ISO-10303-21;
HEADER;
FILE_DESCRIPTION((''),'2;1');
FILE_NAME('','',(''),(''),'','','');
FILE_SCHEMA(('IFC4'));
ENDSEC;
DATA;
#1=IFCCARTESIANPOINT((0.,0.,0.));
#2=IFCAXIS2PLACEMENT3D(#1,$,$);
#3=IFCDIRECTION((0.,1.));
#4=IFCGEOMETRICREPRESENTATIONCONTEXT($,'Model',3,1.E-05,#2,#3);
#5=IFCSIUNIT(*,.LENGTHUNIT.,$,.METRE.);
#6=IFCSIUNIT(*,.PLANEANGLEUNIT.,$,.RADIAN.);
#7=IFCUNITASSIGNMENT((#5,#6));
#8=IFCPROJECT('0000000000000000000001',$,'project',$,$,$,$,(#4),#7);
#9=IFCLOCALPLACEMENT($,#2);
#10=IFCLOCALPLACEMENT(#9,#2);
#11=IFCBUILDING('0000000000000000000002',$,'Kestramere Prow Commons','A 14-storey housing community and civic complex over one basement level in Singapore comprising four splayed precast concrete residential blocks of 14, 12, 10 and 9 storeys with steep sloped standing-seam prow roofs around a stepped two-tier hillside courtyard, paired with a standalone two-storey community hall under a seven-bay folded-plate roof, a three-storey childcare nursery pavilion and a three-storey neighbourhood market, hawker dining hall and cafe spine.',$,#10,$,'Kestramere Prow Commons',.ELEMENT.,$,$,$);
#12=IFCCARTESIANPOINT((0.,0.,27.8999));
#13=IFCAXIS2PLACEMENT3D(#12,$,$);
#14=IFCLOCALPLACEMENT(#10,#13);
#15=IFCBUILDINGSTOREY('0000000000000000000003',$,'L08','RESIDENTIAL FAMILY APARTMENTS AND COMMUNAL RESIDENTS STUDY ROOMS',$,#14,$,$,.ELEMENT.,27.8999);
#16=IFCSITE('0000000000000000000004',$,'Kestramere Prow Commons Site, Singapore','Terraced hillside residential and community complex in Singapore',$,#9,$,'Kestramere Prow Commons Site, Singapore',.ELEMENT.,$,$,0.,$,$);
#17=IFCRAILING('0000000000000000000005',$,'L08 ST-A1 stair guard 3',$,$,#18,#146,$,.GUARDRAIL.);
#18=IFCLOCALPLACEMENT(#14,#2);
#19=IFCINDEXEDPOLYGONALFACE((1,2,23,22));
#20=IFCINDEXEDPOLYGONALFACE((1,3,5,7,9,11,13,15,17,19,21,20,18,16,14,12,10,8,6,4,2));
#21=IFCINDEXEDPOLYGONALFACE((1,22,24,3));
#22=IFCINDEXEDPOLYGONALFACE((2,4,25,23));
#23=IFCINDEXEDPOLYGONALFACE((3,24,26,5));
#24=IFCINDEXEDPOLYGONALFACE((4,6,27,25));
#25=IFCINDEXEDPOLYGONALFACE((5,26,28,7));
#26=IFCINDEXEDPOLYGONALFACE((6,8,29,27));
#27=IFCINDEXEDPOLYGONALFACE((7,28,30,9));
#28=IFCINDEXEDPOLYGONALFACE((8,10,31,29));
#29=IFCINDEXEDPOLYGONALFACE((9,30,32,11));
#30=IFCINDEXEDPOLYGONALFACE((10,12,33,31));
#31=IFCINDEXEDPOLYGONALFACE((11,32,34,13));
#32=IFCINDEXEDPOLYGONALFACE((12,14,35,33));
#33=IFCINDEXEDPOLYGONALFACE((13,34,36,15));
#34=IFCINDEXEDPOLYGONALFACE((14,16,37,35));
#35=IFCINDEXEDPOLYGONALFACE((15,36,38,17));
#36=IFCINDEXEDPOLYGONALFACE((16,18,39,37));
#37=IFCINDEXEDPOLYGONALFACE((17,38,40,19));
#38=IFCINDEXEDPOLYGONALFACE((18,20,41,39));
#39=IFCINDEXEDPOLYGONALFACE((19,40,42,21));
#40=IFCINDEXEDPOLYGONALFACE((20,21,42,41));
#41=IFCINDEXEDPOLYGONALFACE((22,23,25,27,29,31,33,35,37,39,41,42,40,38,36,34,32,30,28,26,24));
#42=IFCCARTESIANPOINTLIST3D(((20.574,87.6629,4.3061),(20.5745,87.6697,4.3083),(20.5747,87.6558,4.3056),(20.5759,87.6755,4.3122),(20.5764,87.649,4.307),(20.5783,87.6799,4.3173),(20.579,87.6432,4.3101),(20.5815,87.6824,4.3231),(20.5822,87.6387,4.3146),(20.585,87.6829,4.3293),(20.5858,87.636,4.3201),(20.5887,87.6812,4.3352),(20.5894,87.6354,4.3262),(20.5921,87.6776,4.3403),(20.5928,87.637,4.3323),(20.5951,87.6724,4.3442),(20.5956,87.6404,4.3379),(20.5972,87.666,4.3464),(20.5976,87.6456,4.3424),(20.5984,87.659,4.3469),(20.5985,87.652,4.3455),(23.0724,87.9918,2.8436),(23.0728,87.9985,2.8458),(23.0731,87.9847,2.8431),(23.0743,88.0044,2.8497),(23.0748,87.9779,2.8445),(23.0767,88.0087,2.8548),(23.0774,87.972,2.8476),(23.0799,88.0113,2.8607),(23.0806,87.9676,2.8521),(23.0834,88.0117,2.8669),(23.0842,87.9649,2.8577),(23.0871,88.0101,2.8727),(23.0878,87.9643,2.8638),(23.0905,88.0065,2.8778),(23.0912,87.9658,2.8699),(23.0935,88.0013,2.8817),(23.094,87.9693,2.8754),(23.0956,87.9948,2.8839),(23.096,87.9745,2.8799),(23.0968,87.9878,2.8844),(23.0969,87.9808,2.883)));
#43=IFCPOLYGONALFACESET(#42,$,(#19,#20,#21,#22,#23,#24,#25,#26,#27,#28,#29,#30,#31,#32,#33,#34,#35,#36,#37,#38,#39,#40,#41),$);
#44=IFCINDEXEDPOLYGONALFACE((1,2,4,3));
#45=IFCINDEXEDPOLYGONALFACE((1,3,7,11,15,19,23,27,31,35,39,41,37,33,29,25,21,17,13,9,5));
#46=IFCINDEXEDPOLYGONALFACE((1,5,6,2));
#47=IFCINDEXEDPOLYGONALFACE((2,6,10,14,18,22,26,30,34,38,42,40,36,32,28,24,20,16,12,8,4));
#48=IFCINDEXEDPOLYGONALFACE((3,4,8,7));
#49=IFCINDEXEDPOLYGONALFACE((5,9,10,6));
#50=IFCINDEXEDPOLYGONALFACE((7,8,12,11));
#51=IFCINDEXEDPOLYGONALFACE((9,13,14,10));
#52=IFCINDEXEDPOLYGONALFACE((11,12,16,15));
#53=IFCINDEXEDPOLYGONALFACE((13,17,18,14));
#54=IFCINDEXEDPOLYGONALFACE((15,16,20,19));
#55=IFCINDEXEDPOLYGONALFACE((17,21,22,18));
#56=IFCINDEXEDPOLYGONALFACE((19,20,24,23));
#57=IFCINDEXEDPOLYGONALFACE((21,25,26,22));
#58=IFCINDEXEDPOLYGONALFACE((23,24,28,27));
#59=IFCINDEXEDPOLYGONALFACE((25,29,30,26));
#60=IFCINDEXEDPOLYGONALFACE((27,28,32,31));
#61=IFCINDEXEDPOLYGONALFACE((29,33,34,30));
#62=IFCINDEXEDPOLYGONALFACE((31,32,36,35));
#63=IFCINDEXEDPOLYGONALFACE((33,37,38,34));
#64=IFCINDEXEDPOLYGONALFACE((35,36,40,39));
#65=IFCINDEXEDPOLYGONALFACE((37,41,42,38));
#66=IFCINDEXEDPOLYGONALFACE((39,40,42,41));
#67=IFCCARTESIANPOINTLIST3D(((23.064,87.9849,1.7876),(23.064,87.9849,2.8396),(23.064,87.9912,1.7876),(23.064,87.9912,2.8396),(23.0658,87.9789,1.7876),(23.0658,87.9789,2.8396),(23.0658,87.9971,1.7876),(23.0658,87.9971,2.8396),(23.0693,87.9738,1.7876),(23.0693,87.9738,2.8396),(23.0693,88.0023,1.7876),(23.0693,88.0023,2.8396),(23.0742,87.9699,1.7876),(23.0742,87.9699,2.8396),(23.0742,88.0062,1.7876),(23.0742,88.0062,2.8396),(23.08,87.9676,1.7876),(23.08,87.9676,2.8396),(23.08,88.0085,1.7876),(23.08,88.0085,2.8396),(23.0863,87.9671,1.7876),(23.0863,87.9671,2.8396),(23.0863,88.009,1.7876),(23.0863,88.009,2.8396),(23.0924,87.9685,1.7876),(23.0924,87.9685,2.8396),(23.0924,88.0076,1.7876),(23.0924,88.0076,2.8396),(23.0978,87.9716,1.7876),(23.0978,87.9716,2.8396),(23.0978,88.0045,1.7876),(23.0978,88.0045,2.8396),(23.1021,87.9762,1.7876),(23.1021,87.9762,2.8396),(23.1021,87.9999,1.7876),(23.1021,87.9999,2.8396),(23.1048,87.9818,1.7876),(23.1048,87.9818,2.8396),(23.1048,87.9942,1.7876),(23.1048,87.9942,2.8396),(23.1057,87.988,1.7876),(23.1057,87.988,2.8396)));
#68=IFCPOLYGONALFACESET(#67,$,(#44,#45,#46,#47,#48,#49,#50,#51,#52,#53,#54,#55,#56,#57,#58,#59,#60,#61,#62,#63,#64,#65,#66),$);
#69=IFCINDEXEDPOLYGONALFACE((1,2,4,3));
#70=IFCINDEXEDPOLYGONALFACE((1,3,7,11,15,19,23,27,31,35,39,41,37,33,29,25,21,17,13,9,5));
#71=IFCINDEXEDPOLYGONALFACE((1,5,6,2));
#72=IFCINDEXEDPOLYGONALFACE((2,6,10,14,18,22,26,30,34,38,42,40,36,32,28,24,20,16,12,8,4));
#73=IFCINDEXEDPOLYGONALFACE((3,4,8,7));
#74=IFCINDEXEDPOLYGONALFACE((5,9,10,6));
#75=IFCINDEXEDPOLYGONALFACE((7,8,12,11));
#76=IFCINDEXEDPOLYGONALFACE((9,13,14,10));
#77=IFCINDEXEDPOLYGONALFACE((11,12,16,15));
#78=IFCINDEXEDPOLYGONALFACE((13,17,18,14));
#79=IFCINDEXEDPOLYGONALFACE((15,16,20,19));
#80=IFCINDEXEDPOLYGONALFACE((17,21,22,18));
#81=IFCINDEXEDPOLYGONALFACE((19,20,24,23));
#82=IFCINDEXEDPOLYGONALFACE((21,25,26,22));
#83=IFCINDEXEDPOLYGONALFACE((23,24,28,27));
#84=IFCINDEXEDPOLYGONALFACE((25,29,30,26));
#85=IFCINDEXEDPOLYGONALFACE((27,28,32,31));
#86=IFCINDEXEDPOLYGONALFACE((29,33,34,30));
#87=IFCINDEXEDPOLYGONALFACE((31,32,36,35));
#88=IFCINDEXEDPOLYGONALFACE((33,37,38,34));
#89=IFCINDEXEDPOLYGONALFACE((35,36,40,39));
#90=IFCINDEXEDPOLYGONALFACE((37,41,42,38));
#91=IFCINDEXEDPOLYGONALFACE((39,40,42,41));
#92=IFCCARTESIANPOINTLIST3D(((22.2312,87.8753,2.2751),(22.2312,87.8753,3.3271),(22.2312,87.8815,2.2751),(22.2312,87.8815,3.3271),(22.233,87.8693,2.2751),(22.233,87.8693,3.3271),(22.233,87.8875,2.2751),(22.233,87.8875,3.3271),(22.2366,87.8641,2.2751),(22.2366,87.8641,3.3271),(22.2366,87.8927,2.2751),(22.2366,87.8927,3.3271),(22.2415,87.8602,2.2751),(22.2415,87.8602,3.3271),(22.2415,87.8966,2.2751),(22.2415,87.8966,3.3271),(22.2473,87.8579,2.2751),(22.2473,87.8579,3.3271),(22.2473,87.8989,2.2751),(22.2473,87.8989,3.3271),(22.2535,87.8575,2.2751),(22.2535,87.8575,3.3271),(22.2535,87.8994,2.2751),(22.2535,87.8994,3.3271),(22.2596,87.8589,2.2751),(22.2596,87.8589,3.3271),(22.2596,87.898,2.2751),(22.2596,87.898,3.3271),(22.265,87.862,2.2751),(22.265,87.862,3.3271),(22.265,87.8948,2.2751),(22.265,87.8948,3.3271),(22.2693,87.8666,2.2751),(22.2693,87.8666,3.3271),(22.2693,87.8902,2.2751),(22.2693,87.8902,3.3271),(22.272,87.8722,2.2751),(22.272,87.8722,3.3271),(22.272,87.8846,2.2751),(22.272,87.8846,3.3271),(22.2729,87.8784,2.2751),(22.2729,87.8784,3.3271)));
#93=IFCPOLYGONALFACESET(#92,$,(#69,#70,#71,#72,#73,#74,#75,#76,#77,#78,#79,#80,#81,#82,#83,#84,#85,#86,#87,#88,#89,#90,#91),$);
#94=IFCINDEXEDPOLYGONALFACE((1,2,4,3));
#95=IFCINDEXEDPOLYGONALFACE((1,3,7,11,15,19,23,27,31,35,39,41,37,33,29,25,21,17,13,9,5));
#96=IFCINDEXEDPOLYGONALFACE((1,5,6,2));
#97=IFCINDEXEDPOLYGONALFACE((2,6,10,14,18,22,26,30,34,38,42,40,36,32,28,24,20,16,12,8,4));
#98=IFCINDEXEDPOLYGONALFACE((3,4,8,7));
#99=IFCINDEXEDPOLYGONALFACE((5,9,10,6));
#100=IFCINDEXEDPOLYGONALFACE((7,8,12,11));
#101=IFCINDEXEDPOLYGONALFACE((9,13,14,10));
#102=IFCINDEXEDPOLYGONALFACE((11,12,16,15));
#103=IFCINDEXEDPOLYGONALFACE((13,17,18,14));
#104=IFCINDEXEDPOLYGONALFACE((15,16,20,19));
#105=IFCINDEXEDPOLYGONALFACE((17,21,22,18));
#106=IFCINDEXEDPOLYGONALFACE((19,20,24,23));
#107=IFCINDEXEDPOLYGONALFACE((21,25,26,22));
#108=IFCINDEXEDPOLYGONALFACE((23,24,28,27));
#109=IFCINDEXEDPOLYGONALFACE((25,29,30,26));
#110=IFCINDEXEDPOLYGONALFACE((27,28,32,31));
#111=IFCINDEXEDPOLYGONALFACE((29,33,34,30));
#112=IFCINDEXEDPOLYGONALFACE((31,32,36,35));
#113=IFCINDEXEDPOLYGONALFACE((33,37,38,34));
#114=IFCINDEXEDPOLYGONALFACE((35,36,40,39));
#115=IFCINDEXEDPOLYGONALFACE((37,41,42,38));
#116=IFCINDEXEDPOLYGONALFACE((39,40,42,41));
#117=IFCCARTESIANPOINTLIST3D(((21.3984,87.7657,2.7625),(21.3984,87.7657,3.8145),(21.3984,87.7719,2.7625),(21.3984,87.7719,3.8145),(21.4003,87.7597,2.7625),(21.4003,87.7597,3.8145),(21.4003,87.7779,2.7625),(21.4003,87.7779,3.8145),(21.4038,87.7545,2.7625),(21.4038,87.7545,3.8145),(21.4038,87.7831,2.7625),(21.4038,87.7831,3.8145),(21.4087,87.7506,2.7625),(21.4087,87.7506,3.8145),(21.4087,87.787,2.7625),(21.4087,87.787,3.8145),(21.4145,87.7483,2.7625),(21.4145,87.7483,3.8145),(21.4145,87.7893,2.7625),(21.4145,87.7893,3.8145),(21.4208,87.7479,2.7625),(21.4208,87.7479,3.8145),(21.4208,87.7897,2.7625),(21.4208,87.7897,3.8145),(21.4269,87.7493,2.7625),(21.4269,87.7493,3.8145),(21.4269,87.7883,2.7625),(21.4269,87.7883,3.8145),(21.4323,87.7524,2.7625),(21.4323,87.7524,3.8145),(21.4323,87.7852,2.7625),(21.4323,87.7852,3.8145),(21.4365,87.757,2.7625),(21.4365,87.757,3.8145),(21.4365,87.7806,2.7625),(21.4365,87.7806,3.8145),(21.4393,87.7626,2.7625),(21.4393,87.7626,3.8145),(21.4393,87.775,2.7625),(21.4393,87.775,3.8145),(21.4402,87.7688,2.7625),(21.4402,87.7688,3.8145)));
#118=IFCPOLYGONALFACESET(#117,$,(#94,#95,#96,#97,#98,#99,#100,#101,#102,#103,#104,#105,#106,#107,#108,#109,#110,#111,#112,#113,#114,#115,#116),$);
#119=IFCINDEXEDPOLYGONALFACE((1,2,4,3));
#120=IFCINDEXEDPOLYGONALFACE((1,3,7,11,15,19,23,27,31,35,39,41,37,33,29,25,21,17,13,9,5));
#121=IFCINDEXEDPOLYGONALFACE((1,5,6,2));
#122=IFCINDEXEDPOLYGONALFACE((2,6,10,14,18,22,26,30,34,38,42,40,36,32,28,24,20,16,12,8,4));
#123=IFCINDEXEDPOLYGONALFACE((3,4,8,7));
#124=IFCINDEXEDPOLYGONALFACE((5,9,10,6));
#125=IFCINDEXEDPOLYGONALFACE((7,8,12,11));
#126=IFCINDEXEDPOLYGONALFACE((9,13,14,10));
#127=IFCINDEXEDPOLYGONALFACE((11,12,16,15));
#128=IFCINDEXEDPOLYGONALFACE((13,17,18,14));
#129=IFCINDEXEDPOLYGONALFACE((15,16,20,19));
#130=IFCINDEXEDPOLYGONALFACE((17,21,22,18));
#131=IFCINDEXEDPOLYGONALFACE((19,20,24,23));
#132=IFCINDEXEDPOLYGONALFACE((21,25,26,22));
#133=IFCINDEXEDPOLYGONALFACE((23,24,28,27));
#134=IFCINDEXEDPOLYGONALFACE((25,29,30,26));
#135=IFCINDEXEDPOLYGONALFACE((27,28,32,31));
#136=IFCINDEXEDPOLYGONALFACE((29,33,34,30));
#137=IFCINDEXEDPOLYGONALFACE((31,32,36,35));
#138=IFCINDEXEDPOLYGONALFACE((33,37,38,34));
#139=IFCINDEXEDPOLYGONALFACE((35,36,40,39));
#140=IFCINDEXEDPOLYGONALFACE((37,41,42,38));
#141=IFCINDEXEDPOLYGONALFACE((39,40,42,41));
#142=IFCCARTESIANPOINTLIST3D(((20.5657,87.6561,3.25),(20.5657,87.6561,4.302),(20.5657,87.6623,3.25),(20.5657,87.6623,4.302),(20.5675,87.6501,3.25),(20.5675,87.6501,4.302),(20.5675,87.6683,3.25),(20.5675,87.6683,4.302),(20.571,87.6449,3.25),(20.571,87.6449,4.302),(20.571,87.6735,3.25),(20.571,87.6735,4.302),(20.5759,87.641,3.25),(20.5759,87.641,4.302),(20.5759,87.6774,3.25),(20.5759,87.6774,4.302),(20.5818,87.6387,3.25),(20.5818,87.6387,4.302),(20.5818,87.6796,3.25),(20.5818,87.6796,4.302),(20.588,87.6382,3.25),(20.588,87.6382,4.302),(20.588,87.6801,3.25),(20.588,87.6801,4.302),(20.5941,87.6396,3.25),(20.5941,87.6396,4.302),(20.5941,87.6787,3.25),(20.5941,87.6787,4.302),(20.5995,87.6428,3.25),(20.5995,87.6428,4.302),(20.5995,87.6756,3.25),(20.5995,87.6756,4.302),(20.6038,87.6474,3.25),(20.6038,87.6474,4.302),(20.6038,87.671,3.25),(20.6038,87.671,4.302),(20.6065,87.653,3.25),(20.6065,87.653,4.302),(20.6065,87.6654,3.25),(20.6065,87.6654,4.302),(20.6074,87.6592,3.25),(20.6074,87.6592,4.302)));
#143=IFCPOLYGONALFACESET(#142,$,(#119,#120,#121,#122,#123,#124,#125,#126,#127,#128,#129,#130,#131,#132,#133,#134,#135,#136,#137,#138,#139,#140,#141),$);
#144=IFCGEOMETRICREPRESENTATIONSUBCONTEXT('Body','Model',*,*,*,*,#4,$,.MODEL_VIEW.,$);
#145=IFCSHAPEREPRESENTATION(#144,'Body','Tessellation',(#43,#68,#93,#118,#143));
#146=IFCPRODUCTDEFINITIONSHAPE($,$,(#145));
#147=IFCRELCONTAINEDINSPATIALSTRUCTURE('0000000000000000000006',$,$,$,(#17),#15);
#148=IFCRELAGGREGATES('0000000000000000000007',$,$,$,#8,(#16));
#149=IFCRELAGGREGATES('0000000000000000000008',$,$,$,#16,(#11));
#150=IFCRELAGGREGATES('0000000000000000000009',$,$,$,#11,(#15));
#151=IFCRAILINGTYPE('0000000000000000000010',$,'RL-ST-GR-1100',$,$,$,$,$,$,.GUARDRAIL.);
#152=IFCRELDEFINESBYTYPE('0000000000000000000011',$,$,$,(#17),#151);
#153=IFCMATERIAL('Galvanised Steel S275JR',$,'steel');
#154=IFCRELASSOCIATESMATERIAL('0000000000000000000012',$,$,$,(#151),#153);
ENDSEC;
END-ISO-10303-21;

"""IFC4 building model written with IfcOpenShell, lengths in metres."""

from ifc_helpers import new_model, si_unit, direction, frame, origin, origin_2d, place, context, subcontext, project, spatial, circle, extrude, material, type_object, element, save


model = new_model("IFC4")

# Units and contexts
model_context = context("Model", 3, precision=1e-05, world=origin(), true_north=direction((0.0, 1.0)))
body_context = subcontext(model_context, "Body", "Model", "MODEL_VIEW")
ifc_project = project(units=[si_unit("LENGTHUNIT", "METRE"), si_unit("PLANEANGLEUNIT", "RADIAN")], contexts=[model_context])

# Site, building, storey
site_placement = place(None, origin())
site = spatial("IfcSite", under=ifc_project, at=site_placement, Name="Kestramere Prow Commons Site, Singapore", Description="Terraced hillside residential and community complex in Singapore", LongName="Kestramere Prow Commons Site, Singapore", CompositionType="ELEMENT", RefElevation=0.0)
building_placement = place(site_placement, origin())
building = spatial("IfcBuilding", under=site, at=building_placement, Name="Kestramere Prow Commons", Description="A 14-storey housing community and civic complex over one basement level in Singapore comprising four splayed precast concrete residential blocks of 14, 12, 10 and 9 storeys with steep sloped standing-seam prow roofs around a stepped two-tier hillside courtyard, paired with a standalone two-storey community hall under a seven-bay folded-plate roof, a three-storey childcare nursery pavilion and a three-storey neighbourhood market, hawker dining hall and cafe spine.", LongName="Kestramere Prow Commons", CompositionType="ELEMENT")
storey_placement = place(building_placement, frame((0.0, 0.0, 27.8999)))
storey = spatial("IfcBuildingStorey", under=building, at=storey_placement, Name="L08", Description="RESIDENTIAL FAMILY APARTMENTS AND COMMUNAL RESIDENTS STUDY ROOMS", CompositionType="ELEMENT", Elevation=27.8999)

# Railing
ifc_material_1 = material(Name="Galvanised Steel S275JR", Category="steel")
railing_type_1 = type_object("IfcRailingType", Name="RL-ST-GR-1100", PredefinedType="GUARDRAIL", material=ifc_material_1)
railing_1_placement = place(storey_placement, frame((23.0847, 87.988, 1.7876)))
element("IfcRailing", 1, at=railing_1_placement, inside=storey, type_object=railing_type_1, Name="L08 ST-A1 stair guard 3", PredefinedType="GUARDRAIL", context=body_context, shape_type="SweptSolid", body=[
    extrude(circle(Radius=0.0239, at=origin_2d()), frame((0.0, 0.0, 1.0762), z_axis=(-0.857501, -0.112875, 0.501948), x_axis=(0.130507, -0.991447, 0.0)), (0.0, 0.0, 1.0), 2.9136),
    extrude(circle(Radius=0.021, at=origin_2d()), origin(), (0.0, 0.0, 1.0), 1.052),
    extrude(circle(Radius=0.021, at=origin_2d()), frame((-0.8328, -0.1096, 0.4875)), (0.0, 0.0, 1.0), 1.052),
    extrude(circle(Radius=0.021, at=origin_2d()), frame((-1.6655, -0.2192, 0.9749)), (0.0, 0.0, 1.0), 1.052),
    extrude(circle(Radius=0.021, at=origin_2d()), frame((-2.4983, -0.3289, 1.4624)), (0.0, 0.0, 1.0), 1.052),
])

save(model, "model.ifc")
